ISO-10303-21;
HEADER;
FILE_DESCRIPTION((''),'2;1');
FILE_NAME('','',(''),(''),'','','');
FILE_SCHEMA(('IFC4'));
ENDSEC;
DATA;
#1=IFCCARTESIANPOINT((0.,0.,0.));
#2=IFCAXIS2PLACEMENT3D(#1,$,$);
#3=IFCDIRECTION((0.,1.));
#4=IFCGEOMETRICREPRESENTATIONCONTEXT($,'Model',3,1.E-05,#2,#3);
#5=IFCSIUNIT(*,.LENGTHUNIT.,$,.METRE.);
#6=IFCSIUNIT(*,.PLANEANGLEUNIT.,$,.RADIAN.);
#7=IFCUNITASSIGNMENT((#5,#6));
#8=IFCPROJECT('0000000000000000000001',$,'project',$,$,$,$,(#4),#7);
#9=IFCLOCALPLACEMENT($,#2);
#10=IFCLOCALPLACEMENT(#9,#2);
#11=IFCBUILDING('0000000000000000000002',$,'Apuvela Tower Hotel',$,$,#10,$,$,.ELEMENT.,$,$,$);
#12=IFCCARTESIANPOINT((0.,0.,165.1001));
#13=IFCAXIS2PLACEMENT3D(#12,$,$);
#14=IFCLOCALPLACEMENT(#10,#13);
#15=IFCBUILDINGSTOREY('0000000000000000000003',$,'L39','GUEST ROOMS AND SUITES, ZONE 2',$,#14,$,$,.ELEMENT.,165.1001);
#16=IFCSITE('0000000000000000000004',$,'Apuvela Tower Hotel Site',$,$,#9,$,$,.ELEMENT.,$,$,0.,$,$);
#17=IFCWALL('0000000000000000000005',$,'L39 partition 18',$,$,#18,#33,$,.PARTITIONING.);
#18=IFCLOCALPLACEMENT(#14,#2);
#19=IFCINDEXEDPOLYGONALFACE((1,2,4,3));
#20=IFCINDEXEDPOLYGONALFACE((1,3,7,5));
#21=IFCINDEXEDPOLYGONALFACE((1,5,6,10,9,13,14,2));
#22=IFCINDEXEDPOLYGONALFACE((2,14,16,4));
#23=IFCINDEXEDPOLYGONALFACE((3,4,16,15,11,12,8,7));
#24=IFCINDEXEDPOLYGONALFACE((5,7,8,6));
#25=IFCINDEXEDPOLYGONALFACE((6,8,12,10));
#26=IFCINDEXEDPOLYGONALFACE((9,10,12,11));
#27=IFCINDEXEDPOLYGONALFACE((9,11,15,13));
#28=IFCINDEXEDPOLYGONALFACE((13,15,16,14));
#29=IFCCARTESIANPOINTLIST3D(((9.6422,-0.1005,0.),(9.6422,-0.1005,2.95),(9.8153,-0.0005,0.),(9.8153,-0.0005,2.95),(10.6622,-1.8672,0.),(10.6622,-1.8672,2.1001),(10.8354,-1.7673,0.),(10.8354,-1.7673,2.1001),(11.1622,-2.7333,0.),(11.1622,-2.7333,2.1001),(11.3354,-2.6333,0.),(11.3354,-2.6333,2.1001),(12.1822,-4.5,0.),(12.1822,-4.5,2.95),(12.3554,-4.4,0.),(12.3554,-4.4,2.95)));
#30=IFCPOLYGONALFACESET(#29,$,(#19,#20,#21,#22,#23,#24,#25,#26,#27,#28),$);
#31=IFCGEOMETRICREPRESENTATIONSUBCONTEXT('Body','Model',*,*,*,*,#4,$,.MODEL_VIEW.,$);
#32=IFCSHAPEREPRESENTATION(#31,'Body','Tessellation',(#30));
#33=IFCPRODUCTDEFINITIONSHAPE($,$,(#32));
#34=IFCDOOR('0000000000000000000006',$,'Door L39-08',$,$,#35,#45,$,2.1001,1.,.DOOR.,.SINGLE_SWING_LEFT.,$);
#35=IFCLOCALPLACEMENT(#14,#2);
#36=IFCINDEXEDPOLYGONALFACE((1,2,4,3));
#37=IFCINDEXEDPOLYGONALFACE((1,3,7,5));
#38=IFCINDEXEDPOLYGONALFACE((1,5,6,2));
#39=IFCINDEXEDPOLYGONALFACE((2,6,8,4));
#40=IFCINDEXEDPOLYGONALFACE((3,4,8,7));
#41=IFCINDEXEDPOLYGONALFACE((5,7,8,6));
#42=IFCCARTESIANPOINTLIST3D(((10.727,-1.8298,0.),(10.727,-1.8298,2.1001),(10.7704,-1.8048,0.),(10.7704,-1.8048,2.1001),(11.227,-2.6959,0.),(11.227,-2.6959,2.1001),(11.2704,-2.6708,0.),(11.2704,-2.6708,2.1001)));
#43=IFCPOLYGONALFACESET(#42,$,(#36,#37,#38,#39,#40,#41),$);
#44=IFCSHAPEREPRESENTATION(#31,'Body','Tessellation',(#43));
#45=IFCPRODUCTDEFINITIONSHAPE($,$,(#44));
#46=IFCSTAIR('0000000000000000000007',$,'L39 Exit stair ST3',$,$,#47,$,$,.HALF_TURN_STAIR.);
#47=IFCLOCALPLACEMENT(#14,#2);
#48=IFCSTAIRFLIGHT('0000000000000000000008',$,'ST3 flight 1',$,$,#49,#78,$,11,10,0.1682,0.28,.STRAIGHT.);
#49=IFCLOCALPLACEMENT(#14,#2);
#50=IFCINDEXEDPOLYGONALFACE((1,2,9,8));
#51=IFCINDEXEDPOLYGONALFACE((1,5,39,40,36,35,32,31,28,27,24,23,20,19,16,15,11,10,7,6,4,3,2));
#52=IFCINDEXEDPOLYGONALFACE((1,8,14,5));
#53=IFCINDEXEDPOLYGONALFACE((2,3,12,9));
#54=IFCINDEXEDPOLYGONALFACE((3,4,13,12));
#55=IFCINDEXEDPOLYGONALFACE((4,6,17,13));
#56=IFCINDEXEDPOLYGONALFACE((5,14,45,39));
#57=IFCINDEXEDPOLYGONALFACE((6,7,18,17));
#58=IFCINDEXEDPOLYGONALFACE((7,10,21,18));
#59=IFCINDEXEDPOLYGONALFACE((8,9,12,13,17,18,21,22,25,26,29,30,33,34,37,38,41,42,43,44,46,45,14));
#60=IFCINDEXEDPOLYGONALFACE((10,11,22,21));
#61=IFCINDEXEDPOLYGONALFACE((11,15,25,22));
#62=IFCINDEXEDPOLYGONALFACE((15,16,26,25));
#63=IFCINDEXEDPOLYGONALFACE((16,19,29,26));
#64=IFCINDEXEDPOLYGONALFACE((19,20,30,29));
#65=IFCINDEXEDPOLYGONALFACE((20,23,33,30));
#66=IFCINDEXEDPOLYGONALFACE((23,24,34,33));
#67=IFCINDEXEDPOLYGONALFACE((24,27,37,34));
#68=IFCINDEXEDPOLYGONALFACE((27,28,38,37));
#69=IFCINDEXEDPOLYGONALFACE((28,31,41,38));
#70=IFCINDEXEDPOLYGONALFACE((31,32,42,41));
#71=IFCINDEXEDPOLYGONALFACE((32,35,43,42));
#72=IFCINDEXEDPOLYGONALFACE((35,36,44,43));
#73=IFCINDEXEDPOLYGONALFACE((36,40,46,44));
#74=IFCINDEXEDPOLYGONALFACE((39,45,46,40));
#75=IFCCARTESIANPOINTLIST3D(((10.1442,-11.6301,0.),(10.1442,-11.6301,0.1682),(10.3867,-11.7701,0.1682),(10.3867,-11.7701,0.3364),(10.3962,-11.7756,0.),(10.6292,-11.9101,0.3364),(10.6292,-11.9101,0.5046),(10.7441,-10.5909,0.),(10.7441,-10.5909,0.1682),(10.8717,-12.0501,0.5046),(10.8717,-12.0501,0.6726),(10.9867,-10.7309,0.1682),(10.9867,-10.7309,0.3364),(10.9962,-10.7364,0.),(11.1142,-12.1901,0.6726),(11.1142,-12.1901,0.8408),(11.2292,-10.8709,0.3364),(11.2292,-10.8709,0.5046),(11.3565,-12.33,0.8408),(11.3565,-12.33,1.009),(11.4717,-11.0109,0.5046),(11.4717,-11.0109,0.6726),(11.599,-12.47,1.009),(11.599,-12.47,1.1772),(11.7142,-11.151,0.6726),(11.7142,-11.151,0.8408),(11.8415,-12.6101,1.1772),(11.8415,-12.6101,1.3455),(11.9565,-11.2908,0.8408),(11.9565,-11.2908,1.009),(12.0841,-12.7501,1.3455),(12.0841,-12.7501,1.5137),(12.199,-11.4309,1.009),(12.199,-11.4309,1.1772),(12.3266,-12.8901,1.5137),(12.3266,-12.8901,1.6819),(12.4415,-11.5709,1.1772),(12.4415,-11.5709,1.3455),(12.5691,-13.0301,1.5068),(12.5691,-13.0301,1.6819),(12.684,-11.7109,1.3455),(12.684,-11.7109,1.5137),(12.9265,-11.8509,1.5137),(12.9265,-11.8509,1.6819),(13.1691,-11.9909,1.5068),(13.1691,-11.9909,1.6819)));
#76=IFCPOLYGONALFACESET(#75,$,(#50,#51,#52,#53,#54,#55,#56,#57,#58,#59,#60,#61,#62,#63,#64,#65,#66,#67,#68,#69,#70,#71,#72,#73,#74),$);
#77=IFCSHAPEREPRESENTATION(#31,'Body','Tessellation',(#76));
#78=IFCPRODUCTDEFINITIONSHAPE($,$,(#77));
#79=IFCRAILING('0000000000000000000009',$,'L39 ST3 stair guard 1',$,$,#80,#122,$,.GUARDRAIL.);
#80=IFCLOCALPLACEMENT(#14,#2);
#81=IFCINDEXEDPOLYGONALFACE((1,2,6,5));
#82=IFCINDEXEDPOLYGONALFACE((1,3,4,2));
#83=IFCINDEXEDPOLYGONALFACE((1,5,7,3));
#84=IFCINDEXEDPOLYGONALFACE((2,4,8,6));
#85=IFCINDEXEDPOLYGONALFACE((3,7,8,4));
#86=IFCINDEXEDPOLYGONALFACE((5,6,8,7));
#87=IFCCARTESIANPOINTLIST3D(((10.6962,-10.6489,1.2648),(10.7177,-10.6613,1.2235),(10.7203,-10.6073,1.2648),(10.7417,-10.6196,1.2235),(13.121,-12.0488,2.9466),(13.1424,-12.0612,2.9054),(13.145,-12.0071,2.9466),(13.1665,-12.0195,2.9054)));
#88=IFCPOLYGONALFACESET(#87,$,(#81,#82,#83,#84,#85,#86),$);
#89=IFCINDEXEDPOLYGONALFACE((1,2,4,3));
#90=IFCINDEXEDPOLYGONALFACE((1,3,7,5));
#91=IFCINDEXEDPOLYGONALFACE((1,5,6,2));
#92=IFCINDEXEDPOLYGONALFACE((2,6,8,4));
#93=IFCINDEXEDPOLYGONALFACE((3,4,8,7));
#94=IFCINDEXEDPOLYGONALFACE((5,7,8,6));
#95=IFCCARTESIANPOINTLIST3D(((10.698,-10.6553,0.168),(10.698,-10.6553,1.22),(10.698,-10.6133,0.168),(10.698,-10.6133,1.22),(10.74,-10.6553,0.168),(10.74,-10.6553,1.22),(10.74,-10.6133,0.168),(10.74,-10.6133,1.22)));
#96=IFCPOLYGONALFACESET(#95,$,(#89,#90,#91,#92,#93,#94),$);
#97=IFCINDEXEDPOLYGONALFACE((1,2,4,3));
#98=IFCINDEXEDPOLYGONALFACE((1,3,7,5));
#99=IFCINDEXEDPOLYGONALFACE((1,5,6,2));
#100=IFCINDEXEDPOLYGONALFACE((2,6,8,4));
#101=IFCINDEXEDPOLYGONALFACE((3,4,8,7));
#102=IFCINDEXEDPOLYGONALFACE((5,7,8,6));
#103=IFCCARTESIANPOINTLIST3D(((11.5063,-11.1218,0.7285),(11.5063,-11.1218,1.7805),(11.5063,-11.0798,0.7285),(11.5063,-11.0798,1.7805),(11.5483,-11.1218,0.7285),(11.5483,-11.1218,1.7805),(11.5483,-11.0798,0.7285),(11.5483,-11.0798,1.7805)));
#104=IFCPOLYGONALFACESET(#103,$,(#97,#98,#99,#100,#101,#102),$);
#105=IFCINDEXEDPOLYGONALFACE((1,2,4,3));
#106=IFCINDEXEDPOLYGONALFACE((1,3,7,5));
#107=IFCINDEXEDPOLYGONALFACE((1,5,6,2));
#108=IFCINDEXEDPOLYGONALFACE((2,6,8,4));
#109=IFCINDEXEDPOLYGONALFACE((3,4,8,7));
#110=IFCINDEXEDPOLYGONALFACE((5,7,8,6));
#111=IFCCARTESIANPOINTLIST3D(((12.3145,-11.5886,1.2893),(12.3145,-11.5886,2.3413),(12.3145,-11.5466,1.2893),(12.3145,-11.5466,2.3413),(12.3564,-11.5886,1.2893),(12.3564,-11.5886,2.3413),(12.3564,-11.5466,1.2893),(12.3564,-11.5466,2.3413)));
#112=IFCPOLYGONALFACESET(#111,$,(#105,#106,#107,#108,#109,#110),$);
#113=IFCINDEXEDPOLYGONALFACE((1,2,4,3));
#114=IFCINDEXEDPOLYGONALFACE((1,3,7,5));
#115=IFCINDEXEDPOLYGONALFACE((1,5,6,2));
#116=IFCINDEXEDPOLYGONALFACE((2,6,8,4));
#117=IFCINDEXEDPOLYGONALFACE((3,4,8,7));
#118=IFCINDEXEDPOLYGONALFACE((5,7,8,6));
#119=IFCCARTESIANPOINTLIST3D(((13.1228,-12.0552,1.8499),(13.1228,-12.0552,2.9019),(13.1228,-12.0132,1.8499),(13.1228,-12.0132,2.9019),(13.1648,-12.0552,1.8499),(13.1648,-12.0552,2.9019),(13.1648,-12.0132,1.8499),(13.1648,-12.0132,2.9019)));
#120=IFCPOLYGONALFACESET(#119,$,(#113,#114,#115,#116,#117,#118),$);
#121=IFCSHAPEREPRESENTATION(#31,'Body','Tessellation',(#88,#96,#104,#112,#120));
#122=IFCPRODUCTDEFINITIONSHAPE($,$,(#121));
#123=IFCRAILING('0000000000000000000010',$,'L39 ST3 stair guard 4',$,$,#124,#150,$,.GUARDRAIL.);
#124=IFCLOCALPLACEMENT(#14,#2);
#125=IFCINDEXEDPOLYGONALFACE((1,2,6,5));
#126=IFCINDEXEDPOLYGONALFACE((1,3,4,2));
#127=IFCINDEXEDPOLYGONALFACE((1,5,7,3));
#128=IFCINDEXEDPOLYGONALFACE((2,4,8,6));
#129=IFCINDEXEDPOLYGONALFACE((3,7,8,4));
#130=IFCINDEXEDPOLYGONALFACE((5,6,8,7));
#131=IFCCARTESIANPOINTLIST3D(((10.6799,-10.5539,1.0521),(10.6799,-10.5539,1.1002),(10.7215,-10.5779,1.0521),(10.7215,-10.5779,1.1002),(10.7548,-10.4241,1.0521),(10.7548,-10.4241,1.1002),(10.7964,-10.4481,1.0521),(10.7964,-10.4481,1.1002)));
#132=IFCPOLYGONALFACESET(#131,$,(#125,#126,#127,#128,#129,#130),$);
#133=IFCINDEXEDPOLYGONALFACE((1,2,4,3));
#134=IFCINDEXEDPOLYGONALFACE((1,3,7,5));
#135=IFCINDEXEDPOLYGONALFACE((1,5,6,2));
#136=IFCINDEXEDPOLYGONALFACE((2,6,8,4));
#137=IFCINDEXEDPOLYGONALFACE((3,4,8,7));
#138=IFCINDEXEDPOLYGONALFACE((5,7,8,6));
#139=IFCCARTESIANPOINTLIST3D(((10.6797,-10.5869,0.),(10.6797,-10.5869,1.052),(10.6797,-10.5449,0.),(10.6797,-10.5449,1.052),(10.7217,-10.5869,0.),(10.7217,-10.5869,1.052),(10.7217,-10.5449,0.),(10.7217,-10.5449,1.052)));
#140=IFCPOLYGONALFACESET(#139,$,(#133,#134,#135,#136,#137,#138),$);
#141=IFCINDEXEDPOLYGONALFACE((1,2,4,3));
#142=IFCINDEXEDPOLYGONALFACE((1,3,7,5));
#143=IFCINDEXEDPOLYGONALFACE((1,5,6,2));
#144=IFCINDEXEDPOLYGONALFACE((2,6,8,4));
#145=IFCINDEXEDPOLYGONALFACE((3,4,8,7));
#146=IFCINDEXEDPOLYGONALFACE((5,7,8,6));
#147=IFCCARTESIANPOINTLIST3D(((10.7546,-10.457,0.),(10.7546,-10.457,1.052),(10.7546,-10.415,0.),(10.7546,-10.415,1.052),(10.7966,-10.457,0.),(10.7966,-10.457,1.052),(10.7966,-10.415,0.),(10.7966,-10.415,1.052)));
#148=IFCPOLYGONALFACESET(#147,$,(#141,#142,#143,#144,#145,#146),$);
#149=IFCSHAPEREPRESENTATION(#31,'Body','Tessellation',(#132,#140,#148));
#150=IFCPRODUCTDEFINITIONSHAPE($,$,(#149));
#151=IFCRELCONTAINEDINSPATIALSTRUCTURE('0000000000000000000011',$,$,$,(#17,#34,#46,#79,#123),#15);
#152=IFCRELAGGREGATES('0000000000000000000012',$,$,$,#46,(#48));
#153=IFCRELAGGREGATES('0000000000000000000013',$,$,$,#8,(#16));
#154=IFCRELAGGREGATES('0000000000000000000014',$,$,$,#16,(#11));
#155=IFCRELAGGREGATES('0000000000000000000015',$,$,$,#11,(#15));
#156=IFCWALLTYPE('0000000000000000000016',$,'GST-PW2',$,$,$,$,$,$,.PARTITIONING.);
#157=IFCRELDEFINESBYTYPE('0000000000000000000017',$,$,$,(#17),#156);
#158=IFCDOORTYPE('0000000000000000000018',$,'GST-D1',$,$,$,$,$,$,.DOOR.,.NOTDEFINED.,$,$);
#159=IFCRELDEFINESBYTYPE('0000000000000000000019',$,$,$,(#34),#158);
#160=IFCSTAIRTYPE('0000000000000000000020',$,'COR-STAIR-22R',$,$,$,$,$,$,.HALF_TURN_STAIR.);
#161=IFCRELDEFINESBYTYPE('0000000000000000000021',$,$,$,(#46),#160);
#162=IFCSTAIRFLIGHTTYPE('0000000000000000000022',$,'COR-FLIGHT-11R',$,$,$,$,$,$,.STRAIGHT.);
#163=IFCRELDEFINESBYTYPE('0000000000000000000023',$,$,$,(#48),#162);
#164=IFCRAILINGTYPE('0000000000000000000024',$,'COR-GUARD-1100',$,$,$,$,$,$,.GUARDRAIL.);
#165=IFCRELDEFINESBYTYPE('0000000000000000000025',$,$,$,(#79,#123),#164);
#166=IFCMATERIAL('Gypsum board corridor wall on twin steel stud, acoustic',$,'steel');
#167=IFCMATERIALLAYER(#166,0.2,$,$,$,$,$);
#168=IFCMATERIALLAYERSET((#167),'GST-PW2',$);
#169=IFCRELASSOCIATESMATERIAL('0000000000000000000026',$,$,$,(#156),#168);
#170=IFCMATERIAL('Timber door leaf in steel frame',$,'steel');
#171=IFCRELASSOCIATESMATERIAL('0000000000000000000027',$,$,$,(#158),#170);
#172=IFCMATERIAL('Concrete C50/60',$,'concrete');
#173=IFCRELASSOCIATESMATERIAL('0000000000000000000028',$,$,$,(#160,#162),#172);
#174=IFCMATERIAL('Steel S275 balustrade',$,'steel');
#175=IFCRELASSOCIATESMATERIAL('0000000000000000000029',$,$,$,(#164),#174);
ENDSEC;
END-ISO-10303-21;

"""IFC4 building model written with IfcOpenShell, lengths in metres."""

from ifc_helpers import new_model, si_unit, direction, frame, frame_2d, origin, origin_2d, place, context, subcontext, project, spatial, polyline, rectangle, outline, extrude, material, layer, layer_set, type_object, element, fill, aggregate, save


model = new_model("IFC4")

# Units and contexts
model_context = context("Model", 3, precision=1e-05, world=origin(), true_north=direction((0.0, 1.0)))
body_context = subcontext(model_context, "Body", "Model", "MODEL_VIEW")
ifc_project = project(units=[si_unit("LENGTHUNIT", "METRE"), si_unit("PLANEANGLEUNIT", "RADIAN")], contexts=[model_context])

# Site, building, storey
site_placement = place(None, origin())
site = spatial("IfcSite", under=ifc_project, at=site_placement, Name="Apuvela Tower Hotel Site", CompositionType="ELEMENT", RefElevation=0.0)
building_placement = place(site_placement, origin())
building = spatial("IfcBuilding", under=site, at=building_placement, Name="Apuvela Tower Hotel", CompositionType="ELEMENT")
storey_placement = place(building_placement, frame((0.0, 0.0, 165.1001)))
storey = spatial("IfcBuildingStorey", under=building, at=storey_placement, Name="L39", Description="GUEST ROOMS AND SUITES, ZONE 2", CompositionType="ELEMENT", Elevation=165.1001)

# Shared definitions
ifc_material_1 = material(Name="Concrete C50/60", Category="concrete")

# Wall, opening, door
ifc_material_2 = material(Name="Gypsum board corridor wall on twin steel stud, acoustic", Category="steel")
ifc_layer_1 = layer(ifc_material_2, 0.2)
ifc_layer_set_1 = layer_set([ifc_layer_1], Name="GST-PW2")
wall_type_1 = type_object("IfcWallType", Name="GST-PW2", PredefinedType="PARTITIONING", material=ifc_layer_set_1)
ifc_material_3 = material(Name="Timber door leaf in steel frame", Category="steel")
door_type_1 = type_object("IfcDoorType", Name="GST-D1", OperationType="NOTDEFINED", PredefinedType="DOOR", material=ifc_material_3)
wall_1_placement = place(storey_placement, frame((9.7288, -0.0505, 0.0), z_axis=(0.0, 0.0, 1.0), x_axis=(0.500005, -0.866022, 0.0)))
wall_1 = element("IfcWall", 1, at=wall_1_placement, inside=storey, type_object=wall_type_1, Name="L39 partition 18", PredefinedType="PARTITIONING", context=body_context, shape_type="SweptSolid", body=[
    extrude(rectangle(XDim=5.0801, YDim=0.2, at=frame_2d((2.54, 0.0))), origin(), (0.0, 0.0, 1.0), 2.95),
])
opening_1_placement = place(wall_1_placement, frame((2.04, 0.0, 0.0)))
opening_1 = element("IfcOpeningElement", 2, at=opening_1_placement, cuts=wall_1, PredefinedType="OPENING", context=body_context, shape_type="SweptSolid", body=[
    extrude(rectangle(XDim=1.0, YDim=2.1001, at=frame_2d((0.5, 1.05))), frame((0.0, 0.1099, 0.0), z_axis=(0.0, -1.0, 0.0), x_axis=(1.0, 0.0, 0.0)), (0.0, 0.0, 1.0), 0.22),
])
door_1_placement = place(opening_1_placement, origin())
door_1 = element("IfcDoor", 3, at=door_1_placement, inside=storey, type_object=door_type_1, Name="Door L39-08", OperationType="SINGLE_SWING_LEFT", OverallHeight=2.1001, OverallWidth=1.0, PredefinedType="DOOR", context=body_context, shape_type="SweptSolid", body=[
    extrude(rectangle(XDim=1.0, YDim=2.1001, at=frame_2d((0.5, 1.05))), frame((0.0, 0.0249, 0.0), z_axis=(0.0, -1.0, 0.0), x_axis=(1.0, 0.0, 0.0)), (0.0, 0.0, 1.0), 0.05),
])
fill(opening_1, door_1)

# Stair, stair flight
stair_type = type_object("IfcStairType", Name="COR-STAIR-22R", PredefinedType="HALF_TURN_STAIR", material=ifc_material_1)
stair_placement = place(storey_placement, origin())
stair = element("IfcStair", 4, at=stair_placement, inside=storey, type_object=stair_type, Name="L39 Exit stair ST3", PredefinedType="HALF_TURN_STAIR")
stair_flight_type = type_object("IfcStairFlightType", Name="COR-FLIGHT-11R", PredefinedType="STRAIGHT", material=ifc_material_1)
stair_flight_placement = place(storey_placement, frame((10.4441, -11.1106, 0.0), z_axis=(0.0, 0.0, 1.0), x_axis=(0.866025, -0.5, 0.0)))
stair_flight = element("IfcStairFlight", 5, at=stair_flight_placement, type_object=stair_flight_type, Name="ST3 flight 1", NumberOfRisers=11, NumberOfTreads=10, PredefinedType="STRAIGHT", RiserHeight=0.1682, TreadLength=0.28, context=body_context, shape_type="SweptSolid", body=[
    extrude(outline(polyline([(0.0, 0.0), (0.0, 0.1682), (0.28, 0.1682), (0.28, 0.3364), (0.5601, 0.3364), (0.5601, 0.5046), (0.8401, 0.5046), (0.8401, 0.6726), (1.1201, 0.6726), (1.1201, 0.8408), (1.3999, 0.8408), (1.3999, 1.009), (1.6799, 1.009), (1.6799, 1.1772), (1.96, 1.1772), (1.96, 1.3455), (2.24, 1.3455), (2.24, 1.5137), (2.52, 1.5137), (2.52, 1.6819), (2.8, 1.6819), (2.8, 1.8501), (2.8, 1.5068), (0.291, 0.0), (0.0, 0.0)])), frame((0.0, 0.6001, 0.0), z_axis=(0.0, -1.0, 0.0), x_axis=(1.0, 0.0, 0.0)), (0.0, 0.0, 1.0), 1.2),
])
aggregate(stair, [stair_flight])

# Railings
ifc_material_4 = material(Name="Steel S275 balustrade", Category="steel")
railing_type_1 = type_object("IfcRailingType", Name="COR-GUARD-1100", PredefinedType="GUARDRAIL", material=ifc_material_4)
railing_1_placement = place(storey_placement, frame((10.719, -10.6343, 0.168)))
element("IfcRailing", 6, at=railing_1_placement, inside=storey, type_object=railing_type_1, Name="L39 ST3 stair guard 1", PredefinedType="GUARDRAIL", context=body_context, shape_type="SweptSolid", body=[
    extrude(rectangle(XDim=0.0481, YDim=0.0481, at=origin_2d()), frame((0.0, 0.0, 1.0762), z_axis=(0.74239, -0.428601, 0.514934), x_axis=(0.499984, 0.866035, 0.0)), (0.0, 0.0, 1.0), 3.2661),
    extrude(rectangle(XDim=0.042, YDim=0.042, at=origin_2d()), origin(), (0.0, 0.0, 1.0), 1.052),
    extrude(rectangle(XDim=0.042, YDim=0.042, at=origin_2d()), frame((0.8083, -0.4666, 0.5605)), (0.0, 0.0, 1.0), 1.052),
    extrude(rectangle(XDim=0.042, YDim=0.042, at=origin_2d()), frame((1.6165, -0.9333, 1.1213)), (0.0, 0.0, 1.0), 1.052),
    extrude(rectangle(XDim=0.042, YDim=0.042, at=origin_2d()), frame((2.4248, -1.3999, 1.6819)), (0.0, 0.0, 1.0), 1.052),
])
railing_2_placement = place(storey_placement, frame((10.7007, -10.5659, 0.0)))
element("IfcRailing", 7, at=railing_2_placement, inside=storey, type_object=railing_type_1, Name="L39 ST3 stair guard 4", PredefinedType="GUARDRAIL", context=body_context, shape_type="SweptSolid", body=[
    extrude(rectangle(XDim=0.0481, YDim=0.0481, at=origin_2d()), frame((0.0, 0.0, 1.0762), z_axis=(0.499816, 0.866131, 0.0), x_axis=(-0.866131, 0.499816, 0.0)), (0.0, 0.0, 1.0), 0.1499),
    extrude(rectangle(XDim=0.042, YDim=0.042, at=origin_2d()), origin(), (0.0, 0.0, 1.0), 1.052),
    extrude(rectangle(XDim=0.042, YDim=0.042, at=origin_2d()), frame((0.075, 0.1299, 0.0)), (0.0, 0.0, 1.0), 1.052),
])

save(model, "model.ifc")
